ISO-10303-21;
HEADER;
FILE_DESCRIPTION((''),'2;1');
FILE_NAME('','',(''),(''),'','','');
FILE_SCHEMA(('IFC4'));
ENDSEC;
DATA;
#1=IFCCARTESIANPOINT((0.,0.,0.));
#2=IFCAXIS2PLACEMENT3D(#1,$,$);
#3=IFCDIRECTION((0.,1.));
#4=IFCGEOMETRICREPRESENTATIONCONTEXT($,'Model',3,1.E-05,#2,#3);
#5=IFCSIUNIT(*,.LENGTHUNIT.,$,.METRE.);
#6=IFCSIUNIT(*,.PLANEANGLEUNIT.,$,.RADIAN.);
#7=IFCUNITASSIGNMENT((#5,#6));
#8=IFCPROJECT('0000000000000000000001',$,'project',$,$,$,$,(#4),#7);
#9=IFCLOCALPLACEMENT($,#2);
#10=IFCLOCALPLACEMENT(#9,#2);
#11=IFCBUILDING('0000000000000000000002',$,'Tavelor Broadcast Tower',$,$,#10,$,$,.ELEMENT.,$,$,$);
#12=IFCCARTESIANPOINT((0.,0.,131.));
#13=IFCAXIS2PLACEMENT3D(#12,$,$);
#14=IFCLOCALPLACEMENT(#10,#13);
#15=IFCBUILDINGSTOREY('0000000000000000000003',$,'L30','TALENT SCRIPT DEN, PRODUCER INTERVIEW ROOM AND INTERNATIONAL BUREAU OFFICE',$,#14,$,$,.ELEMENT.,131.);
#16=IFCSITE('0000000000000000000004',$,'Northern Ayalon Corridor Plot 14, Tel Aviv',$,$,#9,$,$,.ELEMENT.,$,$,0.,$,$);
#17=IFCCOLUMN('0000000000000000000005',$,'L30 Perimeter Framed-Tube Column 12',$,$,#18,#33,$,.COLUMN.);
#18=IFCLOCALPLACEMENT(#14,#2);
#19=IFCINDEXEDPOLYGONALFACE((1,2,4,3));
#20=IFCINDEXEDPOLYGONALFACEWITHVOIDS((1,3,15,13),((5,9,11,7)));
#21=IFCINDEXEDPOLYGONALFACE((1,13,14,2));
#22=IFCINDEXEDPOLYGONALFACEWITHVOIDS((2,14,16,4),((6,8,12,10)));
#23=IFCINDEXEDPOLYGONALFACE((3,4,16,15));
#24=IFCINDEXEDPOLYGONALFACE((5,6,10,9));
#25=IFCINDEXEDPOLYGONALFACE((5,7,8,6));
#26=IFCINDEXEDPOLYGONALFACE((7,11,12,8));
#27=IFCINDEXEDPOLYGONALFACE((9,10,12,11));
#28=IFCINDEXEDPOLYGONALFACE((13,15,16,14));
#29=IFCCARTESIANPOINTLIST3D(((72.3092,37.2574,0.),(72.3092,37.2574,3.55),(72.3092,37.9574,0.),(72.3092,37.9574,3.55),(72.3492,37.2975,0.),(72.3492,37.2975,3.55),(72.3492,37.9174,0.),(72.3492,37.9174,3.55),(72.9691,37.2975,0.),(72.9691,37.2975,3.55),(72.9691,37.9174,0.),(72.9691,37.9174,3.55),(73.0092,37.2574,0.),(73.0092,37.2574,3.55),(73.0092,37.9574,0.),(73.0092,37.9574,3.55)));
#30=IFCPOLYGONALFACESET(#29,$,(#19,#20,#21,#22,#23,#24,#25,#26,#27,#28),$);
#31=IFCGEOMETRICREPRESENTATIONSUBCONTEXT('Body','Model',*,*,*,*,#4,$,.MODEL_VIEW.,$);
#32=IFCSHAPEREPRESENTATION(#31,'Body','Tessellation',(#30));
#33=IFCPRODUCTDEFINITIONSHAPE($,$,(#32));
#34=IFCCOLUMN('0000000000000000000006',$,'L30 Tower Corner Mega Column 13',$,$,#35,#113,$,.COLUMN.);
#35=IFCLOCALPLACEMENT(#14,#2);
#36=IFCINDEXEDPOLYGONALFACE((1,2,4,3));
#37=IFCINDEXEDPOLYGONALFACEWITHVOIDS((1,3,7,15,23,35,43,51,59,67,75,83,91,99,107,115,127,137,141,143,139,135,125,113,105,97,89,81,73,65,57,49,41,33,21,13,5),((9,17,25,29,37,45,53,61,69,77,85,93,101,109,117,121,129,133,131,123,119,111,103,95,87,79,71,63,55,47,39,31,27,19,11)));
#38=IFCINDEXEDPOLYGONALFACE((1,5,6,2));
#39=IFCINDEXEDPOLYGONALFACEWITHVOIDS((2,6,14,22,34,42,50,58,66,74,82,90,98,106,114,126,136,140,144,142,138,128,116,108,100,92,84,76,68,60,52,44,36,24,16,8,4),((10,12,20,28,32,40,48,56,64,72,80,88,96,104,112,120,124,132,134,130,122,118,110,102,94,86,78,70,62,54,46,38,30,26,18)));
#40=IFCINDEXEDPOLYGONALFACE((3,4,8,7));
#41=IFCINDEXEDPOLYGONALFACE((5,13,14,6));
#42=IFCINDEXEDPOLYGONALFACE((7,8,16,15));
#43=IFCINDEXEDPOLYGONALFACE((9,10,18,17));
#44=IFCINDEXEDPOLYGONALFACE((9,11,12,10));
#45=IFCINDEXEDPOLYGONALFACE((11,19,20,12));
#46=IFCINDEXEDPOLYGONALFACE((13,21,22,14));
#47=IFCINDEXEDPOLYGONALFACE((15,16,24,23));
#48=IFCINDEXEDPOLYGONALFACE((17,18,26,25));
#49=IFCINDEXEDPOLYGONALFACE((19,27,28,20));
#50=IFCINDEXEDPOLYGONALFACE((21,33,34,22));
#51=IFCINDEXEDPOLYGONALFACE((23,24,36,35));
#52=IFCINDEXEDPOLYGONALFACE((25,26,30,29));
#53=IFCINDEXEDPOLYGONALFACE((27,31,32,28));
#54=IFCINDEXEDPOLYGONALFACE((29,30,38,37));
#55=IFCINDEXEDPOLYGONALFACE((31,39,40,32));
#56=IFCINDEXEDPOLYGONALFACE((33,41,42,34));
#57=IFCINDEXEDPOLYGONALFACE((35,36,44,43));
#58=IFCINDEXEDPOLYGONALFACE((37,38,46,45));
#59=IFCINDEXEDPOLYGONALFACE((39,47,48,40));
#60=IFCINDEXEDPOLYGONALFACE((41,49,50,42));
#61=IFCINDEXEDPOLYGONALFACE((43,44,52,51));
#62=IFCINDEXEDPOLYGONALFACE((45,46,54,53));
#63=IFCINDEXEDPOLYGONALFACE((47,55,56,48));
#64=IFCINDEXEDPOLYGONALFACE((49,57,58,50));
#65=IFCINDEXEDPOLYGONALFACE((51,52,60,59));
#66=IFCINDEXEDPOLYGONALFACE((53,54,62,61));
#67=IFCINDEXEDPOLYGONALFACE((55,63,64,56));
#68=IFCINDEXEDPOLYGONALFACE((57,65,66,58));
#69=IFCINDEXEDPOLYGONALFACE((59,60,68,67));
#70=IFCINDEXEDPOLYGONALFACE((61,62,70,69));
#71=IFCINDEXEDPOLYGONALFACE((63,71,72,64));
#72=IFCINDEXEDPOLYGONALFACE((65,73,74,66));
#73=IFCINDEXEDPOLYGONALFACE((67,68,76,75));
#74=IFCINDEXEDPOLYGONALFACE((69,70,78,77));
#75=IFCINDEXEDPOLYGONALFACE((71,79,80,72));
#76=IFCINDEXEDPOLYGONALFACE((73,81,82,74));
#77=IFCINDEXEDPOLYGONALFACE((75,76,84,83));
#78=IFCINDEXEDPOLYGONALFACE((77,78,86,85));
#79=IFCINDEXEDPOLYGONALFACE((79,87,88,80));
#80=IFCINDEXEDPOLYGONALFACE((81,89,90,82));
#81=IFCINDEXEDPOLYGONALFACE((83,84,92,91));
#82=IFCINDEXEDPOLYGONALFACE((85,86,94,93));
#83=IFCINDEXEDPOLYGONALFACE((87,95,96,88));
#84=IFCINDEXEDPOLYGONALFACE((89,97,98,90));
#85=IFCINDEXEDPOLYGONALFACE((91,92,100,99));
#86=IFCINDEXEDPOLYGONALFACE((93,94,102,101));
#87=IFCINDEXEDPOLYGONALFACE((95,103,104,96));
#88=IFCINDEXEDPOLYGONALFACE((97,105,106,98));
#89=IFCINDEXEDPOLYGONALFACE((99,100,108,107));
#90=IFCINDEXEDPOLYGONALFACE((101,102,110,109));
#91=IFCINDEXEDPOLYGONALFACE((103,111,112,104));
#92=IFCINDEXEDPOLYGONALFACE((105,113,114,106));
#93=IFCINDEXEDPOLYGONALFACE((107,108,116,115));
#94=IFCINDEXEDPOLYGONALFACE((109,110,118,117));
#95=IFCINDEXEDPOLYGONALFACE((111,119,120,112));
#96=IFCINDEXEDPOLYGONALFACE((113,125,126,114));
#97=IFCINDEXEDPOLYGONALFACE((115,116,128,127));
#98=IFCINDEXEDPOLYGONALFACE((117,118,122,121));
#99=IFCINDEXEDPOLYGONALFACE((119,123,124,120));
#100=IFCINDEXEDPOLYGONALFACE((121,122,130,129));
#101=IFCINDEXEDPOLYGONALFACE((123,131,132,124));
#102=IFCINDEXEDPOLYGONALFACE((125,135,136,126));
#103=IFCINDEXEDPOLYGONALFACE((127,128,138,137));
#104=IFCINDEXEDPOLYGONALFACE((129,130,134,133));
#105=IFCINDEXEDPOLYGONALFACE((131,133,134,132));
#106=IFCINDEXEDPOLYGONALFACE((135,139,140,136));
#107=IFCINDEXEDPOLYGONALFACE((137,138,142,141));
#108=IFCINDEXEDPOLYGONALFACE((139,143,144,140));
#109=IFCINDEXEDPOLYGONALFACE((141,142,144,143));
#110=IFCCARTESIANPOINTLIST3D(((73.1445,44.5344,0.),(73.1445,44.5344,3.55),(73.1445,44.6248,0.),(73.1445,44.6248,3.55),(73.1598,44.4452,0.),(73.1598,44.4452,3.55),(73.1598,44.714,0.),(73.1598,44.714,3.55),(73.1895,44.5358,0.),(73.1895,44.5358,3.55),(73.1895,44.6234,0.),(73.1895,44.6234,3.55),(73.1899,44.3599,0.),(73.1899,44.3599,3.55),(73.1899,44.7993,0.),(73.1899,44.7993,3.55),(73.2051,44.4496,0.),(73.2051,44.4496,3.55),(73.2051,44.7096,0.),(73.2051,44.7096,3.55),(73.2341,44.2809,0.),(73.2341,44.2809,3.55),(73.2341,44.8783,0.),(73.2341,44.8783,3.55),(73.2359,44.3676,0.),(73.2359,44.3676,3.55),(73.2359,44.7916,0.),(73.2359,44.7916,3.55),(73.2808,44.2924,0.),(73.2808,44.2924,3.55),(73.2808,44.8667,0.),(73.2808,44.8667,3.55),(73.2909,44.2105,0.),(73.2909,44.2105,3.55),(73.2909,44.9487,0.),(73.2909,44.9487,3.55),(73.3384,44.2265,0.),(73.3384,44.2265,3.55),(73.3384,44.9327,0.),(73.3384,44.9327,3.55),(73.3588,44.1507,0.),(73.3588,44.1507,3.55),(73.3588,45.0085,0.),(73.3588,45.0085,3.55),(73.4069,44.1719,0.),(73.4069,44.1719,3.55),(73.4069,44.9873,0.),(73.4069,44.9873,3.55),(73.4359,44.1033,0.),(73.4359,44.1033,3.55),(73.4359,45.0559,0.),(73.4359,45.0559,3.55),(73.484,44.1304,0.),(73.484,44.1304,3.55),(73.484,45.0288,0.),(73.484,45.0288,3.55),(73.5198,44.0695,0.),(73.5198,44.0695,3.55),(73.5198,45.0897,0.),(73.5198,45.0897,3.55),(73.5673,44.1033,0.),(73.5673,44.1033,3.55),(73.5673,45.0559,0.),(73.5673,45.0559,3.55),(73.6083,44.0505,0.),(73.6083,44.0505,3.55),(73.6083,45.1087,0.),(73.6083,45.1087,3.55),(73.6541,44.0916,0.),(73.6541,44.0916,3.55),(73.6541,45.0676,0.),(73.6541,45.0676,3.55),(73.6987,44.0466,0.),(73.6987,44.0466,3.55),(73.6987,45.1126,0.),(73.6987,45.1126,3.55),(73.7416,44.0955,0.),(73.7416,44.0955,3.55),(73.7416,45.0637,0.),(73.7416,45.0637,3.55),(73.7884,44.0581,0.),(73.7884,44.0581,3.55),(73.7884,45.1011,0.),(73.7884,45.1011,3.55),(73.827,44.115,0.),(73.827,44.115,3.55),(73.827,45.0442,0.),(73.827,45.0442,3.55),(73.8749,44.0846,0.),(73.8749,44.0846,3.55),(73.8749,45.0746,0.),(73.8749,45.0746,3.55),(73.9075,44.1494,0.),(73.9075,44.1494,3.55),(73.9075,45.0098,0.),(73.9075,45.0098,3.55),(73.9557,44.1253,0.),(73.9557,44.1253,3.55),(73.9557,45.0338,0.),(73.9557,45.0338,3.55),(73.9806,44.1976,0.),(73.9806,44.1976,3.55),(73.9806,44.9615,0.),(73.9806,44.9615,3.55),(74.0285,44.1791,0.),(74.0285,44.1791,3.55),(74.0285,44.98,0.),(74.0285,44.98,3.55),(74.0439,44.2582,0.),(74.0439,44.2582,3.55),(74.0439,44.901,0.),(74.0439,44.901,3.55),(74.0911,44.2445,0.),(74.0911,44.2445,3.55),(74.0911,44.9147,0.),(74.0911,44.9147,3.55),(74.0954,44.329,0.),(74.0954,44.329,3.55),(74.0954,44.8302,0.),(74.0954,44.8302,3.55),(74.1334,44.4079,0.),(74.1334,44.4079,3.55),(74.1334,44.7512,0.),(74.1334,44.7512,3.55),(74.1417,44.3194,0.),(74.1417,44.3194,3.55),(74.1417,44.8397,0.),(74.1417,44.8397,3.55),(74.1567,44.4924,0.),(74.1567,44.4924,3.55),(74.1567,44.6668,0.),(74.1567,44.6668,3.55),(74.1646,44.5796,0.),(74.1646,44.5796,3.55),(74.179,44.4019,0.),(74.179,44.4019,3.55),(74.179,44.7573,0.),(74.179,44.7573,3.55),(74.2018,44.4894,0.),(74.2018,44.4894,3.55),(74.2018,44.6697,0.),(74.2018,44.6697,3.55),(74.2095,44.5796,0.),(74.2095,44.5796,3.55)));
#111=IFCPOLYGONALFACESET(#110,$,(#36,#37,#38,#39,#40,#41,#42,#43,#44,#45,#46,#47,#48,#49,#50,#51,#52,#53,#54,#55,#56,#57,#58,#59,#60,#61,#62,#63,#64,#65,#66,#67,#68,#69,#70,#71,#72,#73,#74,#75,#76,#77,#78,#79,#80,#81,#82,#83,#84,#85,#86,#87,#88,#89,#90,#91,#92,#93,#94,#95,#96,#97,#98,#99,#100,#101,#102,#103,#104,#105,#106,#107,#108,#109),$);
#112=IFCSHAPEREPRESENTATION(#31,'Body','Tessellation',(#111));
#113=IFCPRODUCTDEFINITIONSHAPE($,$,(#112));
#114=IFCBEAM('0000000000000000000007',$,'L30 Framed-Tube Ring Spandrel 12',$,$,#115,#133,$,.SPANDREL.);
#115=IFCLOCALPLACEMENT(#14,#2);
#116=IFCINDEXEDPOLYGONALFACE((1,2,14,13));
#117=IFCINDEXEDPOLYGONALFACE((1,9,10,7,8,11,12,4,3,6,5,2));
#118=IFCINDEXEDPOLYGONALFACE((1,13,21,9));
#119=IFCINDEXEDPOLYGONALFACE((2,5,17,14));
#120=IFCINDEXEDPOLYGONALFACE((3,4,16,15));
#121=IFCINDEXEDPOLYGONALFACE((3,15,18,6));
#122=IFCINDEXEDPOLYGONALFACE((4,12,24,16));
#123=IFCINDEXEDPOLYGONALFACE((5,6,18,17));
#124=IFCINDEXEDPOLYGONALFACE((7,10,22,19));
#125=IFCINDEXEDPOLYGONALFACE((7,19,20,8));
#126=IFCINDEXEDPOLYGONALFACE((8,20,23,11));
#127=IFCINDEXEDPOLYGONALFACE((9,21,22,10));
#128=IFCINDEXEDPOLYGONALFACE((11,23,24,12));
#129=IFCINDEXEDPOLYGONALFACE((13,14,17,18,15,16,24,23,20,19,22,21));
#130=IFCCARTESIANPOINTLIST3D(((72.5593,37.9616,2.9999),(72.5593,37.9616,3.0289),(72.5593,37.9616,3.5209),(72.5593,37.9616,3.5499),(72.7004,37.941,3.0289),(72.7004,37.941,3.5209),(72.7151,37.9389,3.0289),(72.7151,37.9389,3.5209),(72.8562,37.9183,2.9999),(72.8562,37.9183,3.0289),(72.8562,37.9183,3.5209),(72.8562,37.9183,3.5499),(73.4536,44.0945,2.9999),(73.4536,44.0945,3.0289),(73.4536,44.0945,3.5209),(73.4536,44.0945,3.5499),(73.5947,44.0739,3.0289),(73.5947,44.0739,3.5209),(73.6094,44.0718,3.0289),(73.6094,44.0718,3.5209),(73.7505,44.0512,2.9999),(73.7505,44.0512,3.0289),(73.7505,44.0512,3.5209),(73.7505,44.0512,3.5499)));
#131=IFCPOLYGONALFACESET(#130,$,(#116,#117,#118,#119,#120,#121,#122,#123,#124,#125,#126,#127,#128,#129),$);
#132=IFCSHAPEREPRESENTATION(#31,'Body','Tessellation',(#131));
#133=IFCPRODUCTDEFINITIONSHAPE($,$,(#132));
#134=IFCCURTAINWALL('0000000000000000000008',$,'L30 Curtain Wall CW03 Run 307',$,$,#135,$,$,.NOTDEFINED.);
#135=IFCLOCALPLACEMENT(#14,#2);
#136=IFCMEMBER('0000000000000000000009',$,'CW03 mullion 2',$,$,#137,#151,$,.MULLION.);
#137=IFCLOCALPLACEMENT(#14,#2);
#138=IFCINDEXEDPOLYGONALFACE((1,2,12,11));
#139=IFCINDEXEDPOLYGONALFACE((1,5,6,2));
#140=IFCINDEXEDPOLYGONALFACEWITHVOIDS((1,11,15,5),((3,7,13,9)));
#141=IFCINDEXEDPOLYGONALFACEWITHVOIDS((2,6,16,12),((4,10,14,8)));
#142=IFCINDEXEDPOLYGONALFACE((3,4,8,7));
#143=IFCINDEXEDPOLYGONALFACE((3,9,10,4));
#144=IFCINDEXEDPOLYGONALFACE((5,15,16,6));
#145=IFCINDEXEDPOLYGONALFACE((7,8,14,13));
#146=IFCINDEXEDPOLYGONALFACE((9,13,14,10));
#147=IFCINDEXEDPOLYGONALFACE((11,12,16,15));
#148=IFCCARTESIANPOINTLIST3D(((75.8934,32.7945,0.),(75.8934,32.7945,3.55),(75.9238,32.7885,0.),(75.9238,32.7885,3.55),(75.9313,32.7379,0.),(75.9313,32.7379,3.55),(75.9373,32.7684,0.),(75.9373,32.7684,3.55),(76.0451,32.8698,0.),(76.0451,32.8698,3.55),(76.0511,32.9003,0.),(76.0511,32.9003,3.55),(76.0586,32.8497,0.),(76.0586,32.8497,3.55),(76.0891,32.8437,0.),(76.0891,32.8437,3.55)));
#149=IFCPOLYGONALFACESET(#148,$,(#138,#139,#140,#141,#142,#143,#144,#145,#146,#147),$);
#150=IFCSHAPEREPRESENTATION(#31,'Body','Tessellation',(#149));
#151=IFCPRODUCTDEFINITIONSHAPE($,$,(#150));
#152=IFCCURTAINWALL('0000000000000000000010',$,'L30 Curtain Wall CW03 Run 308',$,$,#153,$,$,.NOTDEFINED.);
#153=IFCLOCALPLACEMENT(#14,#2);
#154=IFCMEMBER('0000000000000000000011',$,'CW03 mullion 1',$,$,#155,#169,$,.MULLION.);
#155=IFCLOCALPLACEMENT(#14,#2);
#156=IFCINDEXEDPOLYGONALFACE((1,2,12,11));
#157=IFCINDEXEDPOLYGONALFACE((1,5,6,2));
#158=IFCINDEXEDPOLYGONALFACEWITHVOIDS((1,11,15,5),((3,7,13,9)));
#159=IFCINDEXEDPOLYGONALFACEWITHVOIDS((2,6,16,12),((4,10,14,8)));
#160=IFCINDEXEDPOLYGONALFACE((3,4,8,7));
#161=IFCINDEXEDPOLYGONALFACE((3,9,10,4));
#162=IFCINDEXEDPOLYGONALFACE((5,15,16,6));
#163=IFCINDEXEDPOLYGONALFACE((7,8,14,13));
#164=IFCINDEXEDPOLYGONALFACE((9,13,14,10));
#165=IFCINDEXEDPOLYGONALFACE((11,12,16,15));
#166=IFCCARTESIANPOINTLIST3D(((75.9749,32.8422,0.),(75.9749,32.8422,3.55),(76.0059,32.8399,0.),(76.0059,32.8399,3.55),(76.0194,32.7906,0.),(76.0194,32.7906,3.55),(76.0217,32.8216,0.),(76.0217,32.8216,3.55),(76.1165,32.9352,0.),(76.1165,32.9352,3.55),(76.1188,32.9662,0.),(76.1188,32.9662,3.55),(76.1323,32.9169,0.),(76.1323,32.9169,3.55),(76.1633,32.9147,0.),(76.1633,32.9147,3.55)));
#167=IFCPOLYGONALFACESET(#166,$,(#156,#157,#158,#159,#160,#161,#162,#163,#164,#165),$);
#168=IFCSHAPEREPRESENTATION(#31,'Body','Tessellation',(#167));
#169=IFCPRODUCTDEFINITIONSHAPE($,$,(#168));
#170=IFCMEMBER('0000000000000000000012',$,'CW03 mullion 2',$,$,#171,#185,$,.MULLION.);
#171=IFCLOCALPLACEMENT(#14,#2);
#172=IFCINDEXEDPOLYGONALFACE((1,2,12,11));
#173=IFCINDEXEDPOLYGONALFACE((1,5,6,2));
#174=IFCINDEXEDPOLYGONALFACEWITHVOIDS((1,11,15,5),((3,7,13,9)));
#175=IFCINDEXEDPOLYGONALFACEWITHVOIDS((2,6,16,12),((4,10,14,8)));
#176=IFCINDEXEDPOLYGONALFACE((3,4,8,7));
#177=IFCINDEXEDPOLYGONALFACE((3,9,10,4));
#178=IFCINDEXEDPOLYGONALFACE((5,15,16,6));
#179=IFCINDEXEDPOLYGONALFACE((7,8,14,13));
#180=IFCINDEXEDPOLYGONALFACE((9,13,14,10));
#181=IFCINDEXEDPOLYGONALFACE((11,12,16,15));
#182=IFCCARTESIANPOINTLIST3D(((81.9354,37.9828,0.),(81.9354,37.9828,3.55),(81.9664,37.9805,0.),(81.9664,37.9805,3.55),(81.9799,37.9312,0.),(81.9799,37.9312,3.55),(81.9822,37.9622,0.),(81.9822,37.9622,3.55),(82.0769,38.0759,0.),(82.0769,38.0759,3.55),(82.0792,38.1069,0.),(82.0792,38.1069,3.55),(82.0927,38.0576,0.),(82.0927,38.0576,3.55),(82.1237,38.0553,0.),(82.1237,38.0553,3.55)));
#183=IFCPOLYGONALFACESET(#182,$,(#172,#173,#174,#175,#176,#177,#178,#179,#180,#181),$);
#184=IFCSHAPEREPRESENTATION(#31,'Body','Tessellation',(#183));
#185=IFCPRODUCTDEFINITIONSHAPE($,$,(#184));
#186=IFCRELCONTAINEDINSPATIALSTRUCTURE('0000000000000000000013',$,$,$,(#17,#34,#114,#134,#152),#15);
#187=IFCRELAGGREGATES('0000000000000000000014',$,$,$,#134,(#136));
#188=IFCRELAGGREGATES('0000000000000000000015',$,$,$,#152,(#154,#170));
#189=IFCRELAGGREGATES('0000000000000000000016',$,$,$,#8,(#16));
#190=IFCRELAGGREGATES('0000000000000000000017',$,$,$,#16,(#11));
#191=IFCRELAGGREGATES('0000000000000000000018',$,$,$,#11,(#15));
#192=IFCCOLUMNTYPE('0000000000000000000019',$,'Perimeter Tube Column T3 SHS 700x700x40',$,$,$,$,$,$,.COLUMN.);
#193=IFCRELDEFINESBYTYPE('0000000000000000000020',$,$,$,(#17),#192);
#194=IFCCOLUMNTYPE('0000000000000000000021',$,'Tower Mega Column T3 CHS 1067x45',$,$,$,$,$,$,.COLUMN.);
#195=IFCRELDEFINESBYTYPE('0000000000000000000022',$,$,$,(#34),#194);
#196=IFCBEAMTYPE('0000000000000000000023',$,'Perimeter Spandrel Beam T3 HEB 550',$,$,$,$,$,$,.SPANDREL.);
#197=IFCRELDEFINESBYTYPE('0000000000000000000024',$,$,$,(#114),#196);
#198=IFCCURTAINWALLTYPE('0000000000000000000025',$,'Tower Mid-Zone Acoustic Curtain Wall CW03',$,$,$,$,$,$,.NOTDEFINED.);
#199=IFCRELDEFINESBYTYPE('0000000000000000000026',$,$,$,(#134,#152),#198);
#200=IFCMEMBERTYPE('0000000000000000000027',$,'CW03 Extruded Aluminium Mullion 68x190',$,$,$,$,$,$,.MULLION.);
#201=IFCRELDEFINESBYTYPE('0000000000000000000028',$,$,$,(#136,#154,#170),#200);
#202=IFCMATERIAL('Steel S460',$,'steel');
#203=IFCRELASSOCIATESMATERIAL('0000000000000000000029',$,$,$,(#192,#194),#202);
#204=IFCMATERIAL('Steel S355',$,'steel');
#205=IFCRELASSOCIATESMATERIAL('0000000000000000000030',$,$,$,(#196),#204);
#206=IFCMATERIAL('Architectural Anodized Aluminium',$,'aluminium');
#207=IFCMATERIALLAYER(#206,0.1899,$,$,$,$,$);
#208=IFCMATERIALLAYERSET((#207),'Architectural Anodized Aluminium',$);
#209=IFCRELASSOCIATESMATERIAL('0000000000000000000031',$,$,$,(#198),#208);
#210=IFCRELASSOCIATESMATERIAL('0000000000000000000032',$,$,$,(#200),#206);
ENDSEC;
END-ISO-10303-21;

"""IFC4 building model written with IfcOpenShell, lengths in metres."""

from ifc_helpers import new_model, si_unit, direction, frame, origin, origin_2d, place, context, subcontext, project, spatial, hollow_rectangle, hollow_circle, i_section, extrude, source, transform, mapped, material, layer, layer_set, material_profile, profile_set, type_object, type_shapes, element, aggregate, save


model = new_model("IFC4")

# Units and contexts
model_context = context("Model", 3, precision=1e-05, world=origin(), true_north=direction((0.0, 1.0)))
body_context = subcontext(model_context, "Body", "Model", "MODEL_VIEW")
ifc_project = project(units=[si_unit("LENGTHUNIT", "METRE"), si_unit("PLANEANGLEUNIT", "RADIAN")], contexts=[model_context])

# Site, building, storey
site_placement = place(None, origin())
site = spatial("IfcSite", under=ifc_project, at=site_placement, Name="Northern Ayalon Corridor Plot 14, Tel Aviv", CompositionType="ELEMENT", RefElevation=0.0)
building_placement = place(site_placement, origin())
building = spatial("IfcBuilding", under=site, at=building_placement, Name="Tavelor Broadcast Tower", CompositionType="ELEMENT")
storey_placement = place(building_placement, frame((0.0, 0.0, 131.0)))
storey = spatial("IfcBuildingStorey", under=building, at=storey_placement, Name="L30", Description="TALENT SCRIPT DEN, PRODUCER INTERVIEW ROOM AND INTERNATIONAL BUREAU OFFICE", CompositionType="ELEMENT", Elevation=131.0)

# Columns
ifc_material_1 = material(Name="Steel S460", Category="steel")
ifc_material_profile_1 = material_profile(ifc_material_1, hollow_rectangle(XDim=0.7, YDim=0.7, WallThickness=0.04, at=origin_2d()), Name="SHS 700x700x40")
ifc_profile_set_1 = profile_set([ifc_material_profile_1], Name="Steel S460")
column_type_1 = type_object("IfcColumnType", Name="Perimeter Tube Column T3 SHS 700x700x40", PredefinedType="COLUMN", material=ifc_profile_set_1)
column_1_placement = place(storey_placement, frame((72.6592, 37.6074, 0.0), z_axis=(0.0, 0.0, 1.0), x_axis=(1.0, 0.0, 0.0)))
element("IfcColumn", 1, at=column_1_placement, inside=storey, type_object=column_type_1, Name="L30 Perimeter Framed-Tube Column 12", PredefinedType="COLUMN", context=body_context, shape_type="SweptSolid", body=[
    extrude(hollow_rectangle(XDim=0.7, YDim=0.7, WallThickness=0.04, at=origin_2d()), origin(), (0.0, 0.0, 1.0), 3.55),
])
ifc_material_profile_2 = material_profile(ifc_material_1, hollow_circle(Radius=0.5334, WallThickness=0.0449, at=origin_2d()), Name="CHS 1067x45")
ifc_profile_set_2 = profile_set([ifc_material_profile_2], Name="Steel S460")
column_type_2 = type_object("IfcColumnType", Name="Tower Mega Column T3 CHS 1067x45", PredefinedType="COLUMN", material=ifc_profile_set_2)
column_2_placement = place(storey_placement, frame((73.676, 44.5796, 0.0), z_axis=(0.0, 0.0, 1.0), x_axis=(1.0, 0.0, 0.0)))
element("IfcColumn", 2, at=column_2_placement, inside=storey, type_object=column_type_2, Name="L30 Tower Corner Mega Column 13", PredefinedType="COLUMN", context=body_context, shape_type="SweptSolid", body=[
    extrude(hollow_circle(Radius=0.5334, WallThickness=0.0449, at=origin_2d()), origin(), (0.0, 0.0, 1.0), 3.55),
])

# Beam
ifc_material_2 = material(Name="Steel S355", Category="steel")
ifc_material_profile_3 = material_profile(ifc_material_2, i_section(OverallWidth=0.3, OverallDepth=0.55, WebThickness=0.0149, FlangeThickness=0.0291, at=origin_2d()), Name="HEB 550")
ifc_profile_set_3 = profile_set([ifc_material_profile_3], Name="Steel S355")
beam_type = type_object("IfcBeamType", Name="Perimeter Spandrel Beam T3 HEB 550", PredefinedType="SPANDREL", material=ifc_profile_set_3)
beam_placement = place(storey_placement, frame((72.7078, 37.9399, 3.2749), z_axis=(0.144294, 0.989535, 0.0), x_axis=(-0.989535, 0.144294, 0.0)))
element("IfcBeam", 3, at=beam_placement, inside=storey, type_object=beam_type, Name="L30 Framed-Tube Ring Spandrel 12", PredefinedType="SPANDREL", context=body_context, shape_type="SweptSolid", body=[
    extrude(i_section(OverallWidth=0.3, OverallDepth=0.55, WebThickness=0.0149, FlangeThickness=0.0291, at=origin_2d()), origin(), (0.0, 0.0, 1.0), 6.1978),
])

# Curtain wall, member
ifc_material_3 = material(Name="Architectural Anodized Aluminium", Category="aluminium")
ifc_layer_1 = layer(ifc_material_3, 0.1899)
ifc_layer_set_1 = layer_set([ifc_layer_1], Name="Architectural Anodized Aluminium")
curtain_wall_type = type_object("IfcCurtainWallType", Name="Tower Mid-Zone Acoustic Curtain Wall CW03", PredefinedType="NOTDEFINED", material=ifc_layer_set_1)
curtain_wall_1_placement = place(storey_placement, origin())
curtain_wall_1 = element("IfcCurtainWall", 4, at=curtain_wall_1_placement, inside=storey, type_object=curtain_wall_type, Name="L30 Curtain Wall CW03 Run 307", PredefinedType="NOTDEFINED")
ifc_material_profile_4 = material_profile(ifc_material_3, hollow_rectangle(XDim=0.0681, YDim=0.1899, WallThickness=0.022, at=origin_2d()), Name="RHS 68x190x22")
ifc_profile_set_4 = profile_set([ifc_material_profile_4], Name="Architectural Anodized Aluminium")
member_type_1 = type_object("IfcMemberType", Name="CW03 Extruded Aluminium Mullion 68x190", PredefinedType="MULLION", material=ifc_profile_set_4)
shared_shape_1 = source(origin(), body_context, "Body", "SweptSolid", [
    extrude(hollow_rectangle(XDim=0.0681, YDim=0.1899, WallThickness=0.022, at=origin_2d()), origin(), (0.0, 0.0, 1.0), 3.55),
])
type_shapes(member_type_1, [shared_shape_1])
member_1_placement = place(storey_placement, frame((75.9912, 32.8191, 0.0), z_axis=(0.0, 0.0, 1.0), x_axis=(-0.556679, 0.830728, 0.0)))
member_1 = element("IfcMember", 5, at=member_1_placement, type_object=member_type_1, Name="CW03 mullion 2", PredefinedType="MULLION", context=body_context, shape_type="MappedRepresentation", body=[
    mapped(shared_shape_1, transform((0.0, 0.0, 0.0), scale=1.0)),
])

# Curtain wall, members
curtain_wall_2_placement = place(storey_placement, origin())
curtain_wall_2 = element("IfcCurtainWall", 6, at=curtain_wall_2_placement, inside=storey, type_object=curtain_wall_type, Name="L30 Curtain Wall CW03 Run 308", PredefinedType="NOTDEFINED")
member_2_placement = place(storey_placement, frame((76.0691, 32.8784, 0.0), z_axis=(0.0, 0.0, 1.0), x_axis=(-0.653108, 0.757265, 0.0)))
member_2 = element("IfcMember", 7, at=member_2_placement, type_object=member_type_1, Name="CW03 mullion 1", PredefinedType="MULLION", context=body_context, shape_type="MappedRepresentation", body=[
    mapped(shared_shape_1, transform((0.0, 0.0, 0.0), scale=1.0)),
])
member_3_placement = place(storey_placement, frame((82.0295, 38.019, 0.0), z_axis=(0.0, 0.0, 1.0), x_axis=(-0.653108, 0.757265, 0.0)))
member_3 = element("IfcMember", 8, at=member_3_placement, type_object=member_type_1, Name="CW03 mullion 2", PredefinedType="MULLION", context=body_context, shape_type="MappedRepresentation", body=[
    mapped(shared_shape_1, transform((0.0, 0.0, 0.0), scale=1.0)),
])

aggregate(curtain_wall_1, [member_1])
aggregate(curtain_wall_2, [member_2, member_3])

save(model, "model.ifc")
